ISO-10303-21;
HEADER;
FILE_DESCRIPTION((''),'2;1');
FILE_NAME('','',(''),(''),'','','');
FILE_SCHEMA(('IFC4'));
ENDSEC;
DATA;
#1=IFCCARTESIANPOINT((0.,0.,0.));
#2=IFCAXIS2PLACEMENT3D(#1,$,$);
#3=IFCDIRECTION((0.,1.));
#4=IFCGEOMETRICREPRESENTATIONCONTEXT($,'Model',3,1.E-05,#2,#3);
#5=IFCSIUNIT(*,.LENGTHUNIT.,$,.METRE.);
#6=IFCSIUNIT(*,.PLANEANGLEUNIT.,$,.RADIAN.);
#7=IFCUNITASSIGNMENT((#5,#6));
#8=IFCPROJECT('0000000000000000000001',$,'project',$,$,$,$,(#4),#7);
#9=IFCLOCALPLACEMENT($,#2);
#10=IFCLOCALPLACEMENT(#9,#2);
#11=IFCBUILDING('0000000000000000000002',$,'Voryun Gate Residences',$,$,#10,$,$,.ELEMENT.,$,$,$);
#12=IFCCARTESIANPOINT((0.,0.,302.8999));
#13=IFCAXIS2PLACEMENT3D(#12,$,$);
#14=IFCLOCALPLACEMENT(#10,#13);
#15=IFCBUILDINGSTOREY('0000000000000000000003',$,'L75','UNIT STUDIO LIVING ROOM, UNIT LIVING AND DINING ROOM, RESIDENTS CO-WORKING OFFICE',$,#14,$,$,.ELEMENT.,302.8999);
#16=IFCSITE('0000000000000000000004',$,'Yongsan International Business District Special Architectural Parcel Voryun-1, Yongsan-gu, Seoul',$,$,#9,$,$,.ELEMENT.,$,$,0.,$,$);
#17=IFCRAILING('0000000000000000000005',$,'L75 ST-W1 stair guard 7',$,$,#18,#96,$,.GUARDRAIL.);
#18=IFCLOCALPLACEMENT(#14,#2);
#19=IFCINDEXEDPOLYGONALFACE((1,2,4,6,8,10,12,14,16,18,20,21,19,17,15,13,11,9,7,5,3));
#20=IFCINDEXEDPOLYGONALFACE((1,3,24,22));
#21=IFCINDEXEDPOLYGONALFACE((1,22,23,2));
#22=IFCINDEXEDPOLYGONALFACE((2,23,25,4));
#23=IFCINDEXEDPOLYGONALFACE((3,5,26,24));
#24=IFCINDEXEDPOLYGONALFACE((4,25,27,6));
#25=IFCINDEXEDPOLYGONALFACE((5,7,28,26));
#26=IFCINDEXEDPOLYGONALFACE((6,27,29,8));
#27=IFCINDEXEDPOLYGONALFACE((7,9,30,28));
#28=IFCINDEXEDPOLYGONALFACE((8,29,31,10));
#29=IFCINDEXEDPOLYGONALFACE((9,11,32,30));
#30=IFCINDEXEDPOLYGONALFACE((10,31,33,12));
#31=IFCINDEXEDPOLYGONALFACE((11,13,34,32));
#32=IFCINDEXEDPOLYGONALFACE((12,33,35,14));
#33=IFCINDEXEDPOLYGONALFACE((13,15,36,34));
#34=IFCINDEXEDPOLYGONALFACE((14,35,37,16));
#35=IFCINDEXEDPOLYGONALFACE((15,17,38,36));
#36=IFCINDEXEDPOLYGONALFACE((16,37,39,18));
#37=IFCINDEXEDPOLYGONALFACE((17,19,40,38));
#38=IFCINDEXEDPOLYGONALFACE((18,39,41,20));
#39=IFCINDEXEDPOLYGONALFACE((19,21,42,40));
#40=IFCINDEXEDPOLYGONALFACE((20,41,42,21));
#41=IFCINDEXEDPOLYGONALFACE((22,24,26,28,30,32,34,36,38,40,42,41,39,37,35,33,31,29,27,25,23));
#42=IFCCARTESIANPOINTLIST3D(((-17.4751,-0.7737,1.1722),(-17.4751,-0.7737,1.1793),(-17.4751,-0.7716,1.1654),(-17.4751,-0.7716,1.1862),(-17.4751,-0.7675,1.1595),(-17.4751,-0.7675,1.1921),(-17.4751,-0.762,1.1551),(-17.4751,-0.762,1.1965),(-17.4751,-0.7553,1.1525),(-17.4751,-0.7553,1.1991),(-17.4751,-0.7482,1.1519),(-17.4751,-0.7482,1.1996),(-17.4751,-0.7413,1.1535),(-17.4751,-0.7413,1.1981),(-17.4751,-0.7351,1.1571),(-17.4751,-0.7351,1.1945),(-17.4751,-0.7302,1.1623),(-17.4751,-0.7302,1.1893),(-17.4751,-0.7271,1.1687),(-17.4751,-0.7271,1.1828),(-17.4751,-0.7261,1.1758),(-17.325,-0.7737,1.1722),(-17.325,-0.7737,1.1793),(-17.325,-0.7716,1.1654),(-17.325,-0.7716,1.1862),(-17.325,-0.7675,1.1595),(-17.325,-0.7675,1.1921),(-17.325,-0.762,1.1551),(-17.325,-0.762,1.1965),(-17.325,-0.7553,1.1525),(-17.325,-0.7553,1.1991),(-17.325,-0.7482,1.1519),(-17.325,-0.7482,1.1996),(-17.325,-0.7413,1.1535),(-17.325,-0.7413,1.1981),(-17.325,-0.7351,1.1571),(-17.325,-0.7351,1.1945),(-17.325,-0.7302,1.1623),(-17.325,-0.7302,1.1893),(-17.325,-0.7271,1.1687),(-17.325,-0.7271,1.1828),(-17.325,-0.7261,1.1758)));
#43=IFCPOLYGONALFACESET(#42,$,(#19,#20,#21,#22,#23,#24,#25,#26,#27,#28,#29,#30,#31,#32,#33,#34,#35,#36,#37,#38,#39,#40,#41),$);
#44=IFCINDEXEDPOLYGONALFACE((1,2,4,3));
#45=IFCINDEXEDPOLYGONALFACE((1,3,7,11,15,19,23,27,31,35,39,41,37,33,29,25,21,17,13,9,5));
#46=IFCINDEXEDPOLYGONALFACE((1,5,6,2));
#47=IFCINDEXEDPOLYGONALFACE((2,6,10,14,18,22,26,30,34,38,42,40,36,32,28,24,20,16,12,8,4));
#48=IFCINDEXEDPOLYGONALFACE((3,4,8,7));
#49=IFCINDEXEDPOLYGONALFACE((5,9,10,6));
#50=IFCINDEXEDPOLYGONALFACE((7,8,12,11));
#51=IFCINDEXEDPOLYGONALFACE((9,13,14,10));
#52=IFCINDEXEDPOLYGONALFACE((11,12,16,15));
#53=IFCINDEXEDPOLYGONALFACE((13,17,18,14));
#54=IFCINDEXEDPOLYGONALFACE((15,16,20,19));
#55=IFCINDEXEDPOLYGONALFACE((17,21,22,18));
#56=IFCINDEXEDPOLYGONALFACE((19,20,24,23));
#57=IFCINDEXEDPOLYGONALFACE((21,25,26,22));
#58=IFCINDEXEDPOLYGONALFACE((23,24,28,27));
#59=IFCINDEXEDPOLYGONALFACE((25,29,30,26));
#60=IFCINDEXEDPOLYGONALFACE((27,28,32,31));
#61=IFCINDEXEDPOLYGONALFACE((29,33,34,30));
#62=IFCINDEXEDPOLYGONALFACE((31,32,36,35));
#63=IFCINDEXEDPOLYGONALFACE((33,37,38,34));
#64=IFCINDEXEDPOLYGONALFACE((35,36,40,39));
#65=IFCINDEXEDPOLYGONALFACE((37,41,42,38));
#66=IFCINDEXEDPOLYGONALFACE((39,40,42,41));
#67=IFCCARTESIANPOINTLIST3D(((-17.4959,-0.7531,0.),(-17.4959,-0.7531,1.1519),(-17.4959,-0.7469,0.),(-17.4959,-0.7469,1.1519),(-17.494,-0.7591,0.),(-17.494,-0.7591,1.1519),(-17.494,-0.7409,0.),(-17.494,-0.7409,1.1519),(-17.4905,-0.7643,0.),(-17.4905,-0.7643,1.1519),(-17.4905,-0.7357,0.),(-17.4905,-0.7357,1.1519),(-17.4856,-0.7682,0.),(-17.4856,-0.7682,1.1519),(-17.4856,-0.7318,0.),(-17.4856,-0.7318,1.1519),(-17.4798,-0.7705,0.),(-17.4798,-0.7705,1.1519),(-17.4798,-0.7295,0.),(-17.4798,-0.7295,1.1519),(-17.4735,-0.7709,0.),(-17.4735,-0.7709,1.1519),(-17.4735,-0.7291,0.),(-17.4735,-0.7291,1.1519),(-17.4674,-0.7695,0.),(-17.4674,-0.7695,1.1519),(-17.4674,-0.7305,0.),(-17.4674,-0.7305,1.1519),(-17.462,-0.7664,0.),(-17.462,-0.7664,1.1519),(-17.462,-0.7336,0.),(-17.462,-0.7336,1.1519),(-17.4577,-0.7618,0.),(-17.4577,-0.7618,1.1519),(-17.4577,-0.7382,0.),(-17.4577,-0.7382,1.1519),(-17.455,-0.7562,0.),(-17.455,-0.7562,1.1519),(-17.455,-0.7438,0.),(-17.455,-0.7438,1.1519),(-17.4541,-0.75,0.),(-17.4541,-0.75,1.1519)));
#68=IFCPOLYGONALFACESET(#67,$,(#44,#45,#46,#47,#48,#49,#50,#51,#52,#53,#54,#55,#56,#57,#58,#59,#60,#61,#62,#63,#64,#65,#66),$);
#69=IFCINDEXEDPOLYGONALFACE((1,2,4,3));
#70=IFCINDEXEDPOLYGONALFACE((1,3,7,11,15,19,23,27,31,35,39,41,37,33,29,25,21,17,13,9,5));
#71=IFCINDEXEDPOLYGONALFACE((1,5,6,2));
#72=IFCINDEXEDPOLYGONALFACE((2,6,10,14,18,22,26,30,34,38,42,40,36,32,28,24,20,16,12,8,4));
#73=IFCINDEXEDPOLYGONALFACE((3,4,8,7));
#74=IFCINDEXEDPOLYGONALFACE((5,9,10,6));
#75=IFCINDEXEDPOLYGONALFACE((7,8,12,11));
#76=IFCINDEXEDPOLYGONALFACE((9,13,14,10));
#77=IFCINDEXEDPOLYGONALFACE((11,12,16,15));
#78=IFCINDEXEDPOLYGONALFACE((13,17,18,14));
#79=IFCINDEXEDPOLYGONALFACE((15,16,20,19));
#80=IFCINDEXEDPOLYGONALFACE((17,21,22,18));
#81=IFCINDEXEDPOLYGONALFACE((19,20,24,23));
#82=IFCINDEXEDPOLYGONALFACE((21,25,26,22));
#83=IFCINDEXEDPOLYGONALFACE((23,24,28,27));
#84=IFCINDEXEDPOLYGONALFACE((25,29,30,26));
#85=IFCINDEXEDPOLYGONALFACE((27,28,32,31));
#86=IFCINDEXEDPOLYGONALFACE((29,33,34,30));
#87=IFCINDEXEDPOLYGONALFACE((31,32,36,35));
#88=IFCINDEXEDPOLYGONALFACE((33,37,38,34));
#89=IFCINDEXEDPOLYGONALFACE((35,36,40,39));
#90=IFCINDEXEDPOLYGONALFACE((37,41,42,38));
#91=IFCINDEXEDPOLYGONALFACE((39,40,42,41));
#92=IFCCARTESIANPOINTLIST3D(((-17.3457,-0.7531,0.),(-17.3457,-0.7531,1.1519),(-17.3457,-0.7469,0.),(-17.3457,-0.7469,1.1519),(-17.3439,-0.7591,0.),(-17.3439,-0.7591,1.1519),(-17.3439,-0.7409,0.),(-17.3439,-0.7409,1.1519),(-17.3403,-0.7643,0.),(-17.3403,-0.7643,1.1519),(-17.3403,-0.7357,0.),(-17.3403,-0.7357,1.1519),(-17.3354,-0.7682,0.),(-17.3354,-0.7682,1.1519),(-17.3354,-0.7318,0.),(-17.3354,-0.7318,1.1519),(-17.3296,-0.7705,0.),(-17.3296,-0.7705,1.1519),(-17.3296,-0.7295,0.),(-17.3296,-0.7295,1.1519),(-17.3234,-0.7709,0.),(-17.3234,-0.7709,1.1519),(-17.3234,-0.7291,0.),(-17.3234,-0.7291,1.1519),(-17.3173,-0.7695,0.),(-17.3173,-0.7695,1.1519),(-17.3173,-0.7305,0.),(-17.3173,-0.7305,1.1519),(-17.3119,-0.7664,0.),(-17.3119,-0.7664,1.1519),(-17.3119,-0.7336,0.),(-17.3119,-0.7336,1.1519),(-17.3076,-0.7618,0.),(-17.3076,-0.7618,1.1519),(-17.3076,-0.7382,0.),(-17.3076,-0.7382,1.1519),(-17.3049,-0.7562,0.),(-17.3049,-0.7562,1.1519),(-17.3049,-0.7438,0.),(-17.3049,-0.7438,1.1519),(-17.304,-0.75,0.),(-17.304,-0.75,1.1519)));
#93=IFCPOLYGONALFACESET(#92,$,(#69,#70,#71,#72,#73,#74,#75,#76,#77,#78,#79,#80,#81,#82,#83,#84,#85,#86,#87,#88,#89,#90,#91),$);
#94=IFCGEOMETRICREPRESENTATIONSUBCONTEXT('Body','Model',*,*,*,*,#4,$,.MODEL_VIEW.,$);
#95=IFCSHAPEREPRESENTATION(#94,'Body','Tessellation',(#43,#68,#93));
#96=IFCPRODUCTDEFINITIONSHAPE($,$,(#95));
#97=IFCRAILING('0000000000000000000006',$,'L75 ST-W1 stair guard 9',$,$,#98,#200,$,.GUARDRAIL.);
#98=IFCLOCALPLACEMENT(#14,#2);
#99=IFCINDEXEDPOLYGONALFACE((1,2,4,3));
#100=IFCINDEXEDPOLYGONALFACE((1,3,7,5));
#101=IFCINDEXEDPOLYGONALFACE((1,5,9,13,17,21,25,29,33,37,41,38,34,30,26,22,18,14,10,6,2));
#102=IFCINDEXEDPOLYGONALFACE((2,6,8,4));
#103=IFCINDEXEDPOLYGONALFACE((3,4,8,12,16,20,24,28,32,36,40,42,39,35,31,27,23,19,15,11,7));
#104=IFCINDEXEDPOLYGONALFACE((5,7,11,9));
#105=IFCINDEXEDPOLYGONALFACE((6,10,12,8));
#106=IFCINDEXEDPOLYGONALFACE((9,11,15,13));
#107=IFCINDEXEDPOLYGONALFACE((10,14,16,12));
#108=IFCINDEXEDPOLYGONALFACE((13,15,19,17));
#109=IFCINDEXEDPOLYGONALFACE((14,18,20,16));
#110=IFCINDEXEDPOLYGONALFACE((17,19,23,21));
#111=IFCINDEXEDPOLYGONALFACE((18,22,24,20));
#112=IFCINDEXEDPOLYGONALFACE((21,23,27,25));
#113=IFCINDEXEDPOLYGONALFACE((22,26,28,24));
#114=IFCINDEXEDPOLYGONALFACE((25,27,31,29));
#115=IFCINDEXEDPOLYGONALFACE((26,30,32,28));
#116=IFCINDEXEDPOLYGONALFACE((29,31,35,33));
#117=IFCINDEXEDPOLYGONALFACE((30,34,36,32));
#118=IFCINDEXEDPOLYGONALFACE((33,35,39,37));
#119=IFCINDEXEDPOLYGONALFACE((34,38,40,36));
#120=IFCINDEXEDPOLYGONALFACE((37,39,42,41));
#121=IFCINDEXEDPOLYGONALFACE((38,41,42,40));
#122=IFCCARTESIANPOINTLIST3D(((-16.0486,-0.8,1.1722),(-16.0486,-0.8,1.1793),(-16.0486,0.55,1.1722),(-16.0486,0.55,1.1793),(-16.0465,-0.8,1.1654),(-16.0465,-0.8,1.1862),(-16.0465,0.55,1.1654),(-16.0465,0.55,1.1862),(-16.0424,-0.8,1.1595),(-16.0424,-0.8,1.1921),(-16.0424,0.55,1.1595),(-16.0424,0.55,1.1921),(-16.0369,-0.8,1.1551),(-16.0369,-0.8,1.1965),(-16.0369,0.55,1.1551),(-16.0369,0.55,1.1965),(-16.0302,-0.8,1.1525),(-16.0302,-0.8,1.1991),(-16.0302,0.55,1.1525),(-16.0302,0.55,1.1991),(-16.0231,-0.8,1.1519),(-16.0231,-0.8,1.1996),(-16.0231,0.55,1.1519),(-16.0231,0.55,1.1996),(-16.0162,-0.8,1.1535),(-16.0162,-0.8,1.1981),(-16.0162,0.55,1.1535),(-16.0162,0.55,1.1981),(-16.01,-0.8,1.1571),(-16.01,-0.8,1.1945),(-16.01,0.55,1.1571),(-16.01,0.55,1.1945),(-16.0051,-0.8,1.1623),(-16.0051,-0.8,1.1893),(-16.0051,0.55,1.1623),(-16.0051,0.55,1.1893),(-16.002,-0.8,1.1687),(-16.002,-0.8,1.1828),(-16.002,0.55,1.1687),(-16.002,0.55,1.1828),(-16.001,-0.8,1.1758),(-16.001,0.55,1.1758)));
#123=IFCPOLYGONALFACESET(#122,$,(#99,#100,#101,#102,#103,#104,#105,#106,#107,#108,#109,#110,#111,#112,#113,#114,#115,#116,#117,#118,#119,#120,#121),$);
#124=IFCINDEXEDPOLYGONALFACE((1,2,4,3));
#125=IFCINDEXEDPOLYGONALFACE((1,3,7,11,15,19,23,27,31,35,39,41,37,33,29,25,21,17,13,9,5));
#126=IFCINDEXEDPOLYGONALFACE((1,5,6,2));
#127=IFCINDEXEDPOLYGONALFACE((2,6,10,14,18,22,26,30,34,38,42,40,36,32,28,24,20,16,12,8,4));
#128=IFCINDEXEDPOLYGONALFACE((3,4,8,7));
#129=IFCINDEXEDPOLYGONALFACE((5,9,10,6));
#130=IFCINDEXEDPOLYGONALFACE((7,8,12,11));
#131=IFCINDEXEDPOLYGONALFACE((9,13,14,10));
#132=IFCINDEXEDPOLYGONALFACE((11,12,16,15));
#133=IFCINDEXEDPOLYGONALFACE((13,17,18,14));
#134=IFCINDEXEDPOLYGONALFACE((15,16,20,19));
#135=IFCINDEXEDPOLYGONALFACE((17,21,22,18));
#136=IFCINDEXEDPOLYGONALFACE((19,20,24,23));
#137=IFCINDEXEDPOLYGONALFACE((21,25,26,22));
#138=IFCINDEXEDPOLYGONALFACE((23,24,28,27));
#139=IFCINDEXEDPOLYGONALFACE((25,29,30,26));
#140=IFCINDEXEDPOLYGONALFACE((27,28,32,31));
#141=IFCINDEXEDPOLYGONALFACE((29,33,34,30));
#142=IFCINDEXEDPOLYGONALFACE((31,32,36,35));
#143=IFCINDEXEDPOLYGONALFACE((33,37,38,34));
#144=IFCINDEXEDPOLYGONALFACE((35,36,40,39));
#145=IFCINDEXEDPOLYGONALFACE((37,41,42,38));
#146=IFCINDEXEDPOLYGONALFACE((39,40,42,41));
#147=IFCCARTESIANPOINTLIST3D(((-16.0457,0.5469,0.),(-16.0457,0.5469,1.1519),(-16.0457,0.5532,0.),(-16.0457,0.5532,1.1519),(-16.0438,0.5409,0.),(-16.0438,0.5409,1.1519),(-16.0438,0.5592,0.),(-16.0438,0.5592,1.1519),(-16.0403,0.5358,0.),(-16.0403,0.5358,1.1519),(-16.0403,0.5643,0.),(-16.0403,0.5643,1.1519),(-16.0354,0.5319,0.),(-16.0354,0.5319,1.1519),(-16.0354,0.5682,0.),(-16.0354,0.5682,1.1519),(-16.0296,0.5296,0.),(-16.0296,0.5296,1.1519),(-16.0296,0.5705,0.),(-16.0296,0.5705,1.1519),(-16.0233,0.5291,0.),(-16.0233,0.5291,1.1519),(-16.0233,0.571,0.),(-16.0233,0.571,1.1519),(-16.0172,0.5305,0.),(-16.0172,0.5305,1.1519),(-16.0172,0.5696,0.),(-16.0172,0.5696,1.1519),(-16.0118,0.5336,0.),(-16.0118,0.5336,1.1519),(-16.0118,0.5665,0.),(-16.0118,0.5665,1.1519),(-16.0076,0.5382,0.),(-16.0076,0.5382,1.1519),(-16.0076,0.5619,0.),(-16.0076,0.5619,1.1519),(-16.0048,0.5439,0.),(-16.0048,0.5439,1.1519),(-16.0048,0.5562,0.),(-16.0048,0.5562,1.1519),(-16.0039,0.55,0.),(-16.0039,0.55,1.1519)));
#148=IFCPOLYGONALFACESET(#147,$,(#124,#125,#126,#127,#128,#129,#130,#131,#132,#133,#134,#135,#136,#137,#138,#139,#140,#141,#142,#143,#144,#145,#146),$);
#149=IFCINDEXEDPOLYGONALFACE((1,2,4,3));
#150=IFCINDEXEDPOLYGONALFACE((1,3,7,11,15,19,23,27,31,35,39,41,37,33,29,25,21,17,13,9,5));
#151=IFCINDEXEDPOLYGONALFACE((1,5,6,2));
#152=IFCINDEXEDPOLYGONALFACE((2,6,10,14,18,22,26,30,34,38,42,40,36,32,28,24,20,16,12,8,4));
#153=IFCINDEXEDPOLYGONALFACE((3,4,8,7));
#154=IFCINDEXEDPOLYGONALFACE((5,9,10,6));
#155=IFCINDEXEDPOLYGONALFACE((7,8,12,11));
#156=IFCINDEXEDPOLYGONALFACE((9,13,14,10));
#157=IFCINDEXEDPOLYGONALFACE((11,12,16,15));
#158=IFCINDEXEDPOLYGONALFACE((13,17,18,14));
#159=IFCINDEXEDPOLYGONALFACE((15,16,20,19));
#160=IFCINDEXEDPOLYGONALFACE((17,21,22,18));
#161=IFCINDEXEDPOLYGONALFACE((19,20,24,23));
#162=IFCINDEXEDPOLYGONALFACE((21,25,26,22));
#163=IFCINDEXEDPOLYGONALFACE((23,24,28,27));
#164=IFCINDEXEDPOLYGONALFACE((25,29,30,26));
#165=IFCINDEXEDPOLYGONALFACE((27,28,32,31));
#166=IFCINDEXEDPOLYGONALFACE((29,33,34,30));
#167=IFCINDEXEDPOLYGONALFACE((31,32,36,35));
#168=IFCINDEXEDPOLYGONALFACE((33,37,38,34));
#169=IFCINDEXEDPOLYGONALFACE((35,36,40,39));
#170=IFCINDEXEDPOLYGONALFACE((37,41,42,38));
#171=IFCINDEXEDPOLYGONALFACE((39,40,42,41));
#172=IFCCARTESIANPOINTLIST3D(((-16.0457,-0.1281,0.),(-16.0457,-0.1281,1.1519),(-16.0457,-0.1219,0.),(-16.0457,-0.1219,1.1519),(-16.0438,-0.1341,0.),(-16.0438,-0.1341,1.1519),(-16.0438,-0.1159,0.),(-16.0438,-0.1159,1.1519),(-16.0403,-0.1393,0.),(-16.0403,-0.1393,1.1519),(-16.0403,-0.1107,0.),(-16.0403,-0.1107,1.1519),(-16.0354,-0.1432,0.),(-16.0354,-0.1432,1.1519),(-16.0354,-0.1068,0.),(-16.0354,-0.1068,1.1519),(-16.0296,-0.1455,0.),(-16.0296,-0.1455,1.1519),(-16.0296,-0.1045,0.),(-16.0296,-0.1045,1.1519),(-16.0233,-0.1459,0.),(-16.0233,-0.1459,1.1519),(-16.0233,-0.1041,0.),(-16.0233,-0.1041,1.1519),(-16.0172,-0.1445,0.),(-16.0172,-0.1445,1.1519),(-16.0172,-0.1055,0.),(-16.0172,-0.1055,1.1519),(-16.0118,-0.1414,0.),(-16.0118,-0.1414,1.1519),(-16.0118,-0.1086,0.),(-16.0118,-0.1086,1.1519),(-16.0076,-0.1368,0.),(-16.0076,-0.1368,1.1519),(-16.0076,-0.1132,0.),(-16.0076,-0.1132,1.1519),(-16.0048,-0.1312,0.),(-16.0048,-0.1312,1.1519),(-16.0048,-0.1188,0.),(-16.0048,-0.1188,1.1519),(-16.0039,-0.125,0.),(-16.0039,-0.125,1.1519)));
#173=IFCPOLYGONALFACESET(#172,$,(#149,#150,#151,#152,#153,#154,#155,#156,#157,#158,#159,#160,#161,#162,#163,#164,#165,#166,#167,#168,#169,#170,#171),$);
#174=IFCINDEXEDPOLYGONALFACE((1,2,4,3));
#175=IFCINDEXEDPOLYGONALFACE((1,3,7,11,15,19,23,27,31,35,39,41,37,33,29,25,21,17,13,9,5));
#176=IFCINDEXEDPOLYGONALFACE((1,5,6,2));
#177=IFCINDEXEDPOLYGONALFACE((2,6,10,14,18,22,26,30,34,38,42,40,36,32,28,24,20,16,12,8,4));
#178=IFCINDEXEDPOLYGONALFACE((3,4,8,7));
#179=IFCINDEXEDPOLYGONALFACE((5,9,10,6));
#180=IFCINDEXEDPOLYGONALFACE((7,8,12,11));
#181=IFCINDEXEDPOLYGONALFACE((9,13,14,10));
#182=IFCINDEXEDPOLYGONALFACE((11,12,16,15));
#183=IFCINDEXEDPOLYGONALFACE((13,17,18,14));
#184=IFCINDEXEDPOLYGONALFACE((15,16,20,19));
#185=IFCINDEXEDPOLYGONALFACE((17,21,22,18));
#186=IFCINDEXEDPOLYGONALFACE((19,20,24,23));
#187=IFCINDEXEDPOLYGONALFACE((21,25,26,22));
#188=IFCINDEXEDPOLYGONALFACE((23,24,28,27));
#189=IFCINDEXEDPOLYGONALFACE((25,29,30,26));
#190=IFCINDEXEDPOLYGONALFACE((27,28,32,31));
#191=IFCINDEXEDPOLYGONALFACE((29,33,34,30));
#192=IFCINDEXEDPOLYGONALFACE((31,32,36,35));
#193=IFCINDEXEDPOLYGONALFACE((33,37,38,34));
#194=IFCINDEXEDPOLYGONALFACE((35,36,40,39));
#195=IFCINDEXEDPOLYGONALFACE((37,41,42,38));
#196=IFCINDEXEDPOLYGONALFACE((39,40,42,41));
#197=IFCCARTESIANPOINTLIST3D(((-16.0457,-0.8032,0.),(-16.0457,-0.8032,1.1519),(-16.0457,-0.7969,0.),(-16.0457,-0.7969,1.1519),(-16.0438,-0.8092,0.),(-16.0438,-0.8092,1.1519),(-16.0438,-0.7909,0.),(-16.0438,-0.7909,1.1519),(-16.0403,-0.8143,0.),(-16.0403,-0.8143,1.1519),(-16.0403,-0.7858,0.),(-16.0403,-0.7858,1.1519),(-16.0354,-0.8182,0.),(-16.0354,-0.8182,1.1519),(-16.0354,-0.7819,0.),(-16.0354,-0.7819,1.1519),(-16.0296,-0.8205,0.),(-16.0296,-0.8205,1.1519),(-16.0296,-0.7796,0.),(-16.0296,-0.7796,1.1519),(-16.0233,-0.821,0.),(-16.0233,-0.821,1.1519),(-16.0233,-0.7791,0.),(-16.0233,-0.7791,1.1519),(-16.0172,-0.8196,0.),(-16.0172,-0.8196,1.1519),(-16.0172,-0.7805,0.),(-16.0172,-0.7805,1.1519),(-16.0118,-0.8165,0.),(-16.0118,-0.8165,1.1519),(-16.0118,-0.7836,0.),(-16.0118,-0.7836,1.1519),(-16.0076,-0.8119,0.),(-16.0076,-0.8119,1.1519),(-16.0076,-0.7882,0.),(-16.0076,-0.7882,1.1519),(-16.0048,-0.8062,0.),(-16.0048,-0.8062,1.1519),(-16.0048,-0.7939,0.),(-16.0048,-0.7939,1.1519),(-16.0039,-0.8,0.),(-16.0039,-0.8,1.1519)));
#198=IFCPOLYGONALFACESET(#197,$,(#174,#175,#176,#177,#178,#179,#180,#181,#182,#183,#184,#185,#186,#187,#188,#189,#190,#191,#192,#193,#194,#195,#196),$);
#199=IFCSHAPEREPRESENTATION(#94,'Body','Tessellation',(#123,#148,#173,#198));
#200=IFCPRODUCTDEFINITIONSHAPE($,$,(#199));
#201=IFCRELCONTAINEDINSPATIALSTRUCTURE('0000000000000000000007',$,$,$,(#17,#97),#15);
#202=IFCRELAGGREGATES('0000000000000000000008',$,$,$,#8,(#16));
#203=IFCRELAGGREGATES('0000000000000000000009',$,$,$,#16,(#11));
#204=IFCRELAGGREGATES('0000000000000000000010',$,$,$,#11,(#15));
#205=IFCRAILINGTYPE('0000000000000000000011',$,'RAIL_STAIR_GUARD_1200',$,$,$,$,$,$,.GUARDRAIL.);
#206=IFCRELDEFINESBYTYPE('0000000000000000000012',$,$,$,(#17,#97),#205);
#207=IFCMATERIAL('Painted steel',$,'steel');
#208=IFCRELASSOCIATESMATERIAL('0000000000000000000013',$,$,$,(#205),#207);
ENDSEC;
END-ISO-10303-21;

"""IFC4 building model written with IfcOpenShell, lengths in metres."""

from ifc_helpers import new_model, si_unit, direction, frame, origin, origin_2d, place, context, subcontext, project, spatial, circle, extrude, material, type_object, element, save


model = new_model("IFC4")

# Units and contexts
model_context = context("Model", 3, precision=1e-05, world=origin(), true_north=direction((0.0, 1.0)))
body_context = subcontext(model_context, "Body", "Model", "MODEL_VIEW")
ifc_project = project(units=[si_unit("LENGTHUNIT", "METRE"), si_unit("PLANEANGLEUNIT", "RADIAN")], contexts=[model_context])

# Site, building, storey
site_placement = place(None, origin())
site = spatial("IfcSite", under=ifc_project, at=site_placement, Name="Yongsan International Business District Special Architectural Parcel Voryun-1, Yongsan-gu, Seoul", CompositionType="ELEMENT", RefElevation=0.0)
building_placement = place(site_placement, origin())
building = spatial("IfcBuilding", under=site, at=building_placement, Name="Voryun Gate Residences", CompositionType="ELEMENT")
storey_placement = place(building_placement, frame((0.0, 0.0, 302.8999)))
storey = spatial("IfcBuildingStorey", under=building, at=storey_placement, Name="L75", Description="UNIT STUDIO LIVING ROOM, UNIT LIVING AND DINING ROOM, RESIDENTS CO-WORKING OFFICE", CompositionType="ELEMENT", Elevation=302.8999)

# Railings
ifc_material_1 = material(Name="Painted steel", Category="steel")
railing_type = type_object("IfcRailingType", Name="RAIL_STAIR_GUARD_1200", PredefinedType="GUARDRAIL", material=ifc_material_1)
railing_1_placement = place(storey_placement, frame((-17.4751, -0.75, 0.0)))
element("IfcRailing", 1, at=railing_1_placement, inside=storey, type_object=railing_type, Name="L75 ST-W1 stair guard 7", PredefinedType="GUARDRAIL", context=body_context, shape_type="SweptSolid", body=[
    extrude(circle(Radius=0.0239, at=origin_2d()), frame((0.0, 0.0, 1.1758), z_axis=(1.0, 0.0, 0.0), x_axis=(0.0, 1.0, 0.0)), (0.0, 0.0, 1.0), 0.1501),
    extrude(circle(Radius=0.021, at=origin_2d()), origin(), (0.0, 0.0, 1.0), 1.1519),
    extrude(circle(Radius=0.021, at=origin_2d()), frame((0.1501, 0.0, 0.0)), (0.0, 0.0, 1.0), 1.1519),
])
railing_2_placement = place(storey_placement, frame((-16.0249, 0.55, 0.0)))
element("IfcRailing", 2, at=railing_2_placement, inside=storey, type_object=railing_type, Name="L75 ST-W1 stair guard 9", PredefinedType="GUARDRAIL", context=body_context, shape_type="SweptSolid", body=[
    extrude(circle(Radius=0.0239, at=origin_2d()), frame((0.0, 0.0, 1.1758), z_axis=(0.0, -1.0, 0.0), x_axis=(1.0, 0.0, 0.0)), (0.0, 0.0, 1.0), 1.3501),
    extrude(circle(Radius=0.021, at=origin_2d()), origin(), (0.0, 0.0, 1.0), 1.1519),
    extrude(circle(Radius=0.021, at=origin_2d()), frame((0.0, -0.675, 0.0)), (0.0, 0.0, 1.0), 1.1519),
    extrude(circle(Radius=0.021, at=origin_2d()), frame((0.0, -1.3501, 0.0)), (0.0, 0.0, 1.0), 1.1519),
])

save(model, "model.ifc")
